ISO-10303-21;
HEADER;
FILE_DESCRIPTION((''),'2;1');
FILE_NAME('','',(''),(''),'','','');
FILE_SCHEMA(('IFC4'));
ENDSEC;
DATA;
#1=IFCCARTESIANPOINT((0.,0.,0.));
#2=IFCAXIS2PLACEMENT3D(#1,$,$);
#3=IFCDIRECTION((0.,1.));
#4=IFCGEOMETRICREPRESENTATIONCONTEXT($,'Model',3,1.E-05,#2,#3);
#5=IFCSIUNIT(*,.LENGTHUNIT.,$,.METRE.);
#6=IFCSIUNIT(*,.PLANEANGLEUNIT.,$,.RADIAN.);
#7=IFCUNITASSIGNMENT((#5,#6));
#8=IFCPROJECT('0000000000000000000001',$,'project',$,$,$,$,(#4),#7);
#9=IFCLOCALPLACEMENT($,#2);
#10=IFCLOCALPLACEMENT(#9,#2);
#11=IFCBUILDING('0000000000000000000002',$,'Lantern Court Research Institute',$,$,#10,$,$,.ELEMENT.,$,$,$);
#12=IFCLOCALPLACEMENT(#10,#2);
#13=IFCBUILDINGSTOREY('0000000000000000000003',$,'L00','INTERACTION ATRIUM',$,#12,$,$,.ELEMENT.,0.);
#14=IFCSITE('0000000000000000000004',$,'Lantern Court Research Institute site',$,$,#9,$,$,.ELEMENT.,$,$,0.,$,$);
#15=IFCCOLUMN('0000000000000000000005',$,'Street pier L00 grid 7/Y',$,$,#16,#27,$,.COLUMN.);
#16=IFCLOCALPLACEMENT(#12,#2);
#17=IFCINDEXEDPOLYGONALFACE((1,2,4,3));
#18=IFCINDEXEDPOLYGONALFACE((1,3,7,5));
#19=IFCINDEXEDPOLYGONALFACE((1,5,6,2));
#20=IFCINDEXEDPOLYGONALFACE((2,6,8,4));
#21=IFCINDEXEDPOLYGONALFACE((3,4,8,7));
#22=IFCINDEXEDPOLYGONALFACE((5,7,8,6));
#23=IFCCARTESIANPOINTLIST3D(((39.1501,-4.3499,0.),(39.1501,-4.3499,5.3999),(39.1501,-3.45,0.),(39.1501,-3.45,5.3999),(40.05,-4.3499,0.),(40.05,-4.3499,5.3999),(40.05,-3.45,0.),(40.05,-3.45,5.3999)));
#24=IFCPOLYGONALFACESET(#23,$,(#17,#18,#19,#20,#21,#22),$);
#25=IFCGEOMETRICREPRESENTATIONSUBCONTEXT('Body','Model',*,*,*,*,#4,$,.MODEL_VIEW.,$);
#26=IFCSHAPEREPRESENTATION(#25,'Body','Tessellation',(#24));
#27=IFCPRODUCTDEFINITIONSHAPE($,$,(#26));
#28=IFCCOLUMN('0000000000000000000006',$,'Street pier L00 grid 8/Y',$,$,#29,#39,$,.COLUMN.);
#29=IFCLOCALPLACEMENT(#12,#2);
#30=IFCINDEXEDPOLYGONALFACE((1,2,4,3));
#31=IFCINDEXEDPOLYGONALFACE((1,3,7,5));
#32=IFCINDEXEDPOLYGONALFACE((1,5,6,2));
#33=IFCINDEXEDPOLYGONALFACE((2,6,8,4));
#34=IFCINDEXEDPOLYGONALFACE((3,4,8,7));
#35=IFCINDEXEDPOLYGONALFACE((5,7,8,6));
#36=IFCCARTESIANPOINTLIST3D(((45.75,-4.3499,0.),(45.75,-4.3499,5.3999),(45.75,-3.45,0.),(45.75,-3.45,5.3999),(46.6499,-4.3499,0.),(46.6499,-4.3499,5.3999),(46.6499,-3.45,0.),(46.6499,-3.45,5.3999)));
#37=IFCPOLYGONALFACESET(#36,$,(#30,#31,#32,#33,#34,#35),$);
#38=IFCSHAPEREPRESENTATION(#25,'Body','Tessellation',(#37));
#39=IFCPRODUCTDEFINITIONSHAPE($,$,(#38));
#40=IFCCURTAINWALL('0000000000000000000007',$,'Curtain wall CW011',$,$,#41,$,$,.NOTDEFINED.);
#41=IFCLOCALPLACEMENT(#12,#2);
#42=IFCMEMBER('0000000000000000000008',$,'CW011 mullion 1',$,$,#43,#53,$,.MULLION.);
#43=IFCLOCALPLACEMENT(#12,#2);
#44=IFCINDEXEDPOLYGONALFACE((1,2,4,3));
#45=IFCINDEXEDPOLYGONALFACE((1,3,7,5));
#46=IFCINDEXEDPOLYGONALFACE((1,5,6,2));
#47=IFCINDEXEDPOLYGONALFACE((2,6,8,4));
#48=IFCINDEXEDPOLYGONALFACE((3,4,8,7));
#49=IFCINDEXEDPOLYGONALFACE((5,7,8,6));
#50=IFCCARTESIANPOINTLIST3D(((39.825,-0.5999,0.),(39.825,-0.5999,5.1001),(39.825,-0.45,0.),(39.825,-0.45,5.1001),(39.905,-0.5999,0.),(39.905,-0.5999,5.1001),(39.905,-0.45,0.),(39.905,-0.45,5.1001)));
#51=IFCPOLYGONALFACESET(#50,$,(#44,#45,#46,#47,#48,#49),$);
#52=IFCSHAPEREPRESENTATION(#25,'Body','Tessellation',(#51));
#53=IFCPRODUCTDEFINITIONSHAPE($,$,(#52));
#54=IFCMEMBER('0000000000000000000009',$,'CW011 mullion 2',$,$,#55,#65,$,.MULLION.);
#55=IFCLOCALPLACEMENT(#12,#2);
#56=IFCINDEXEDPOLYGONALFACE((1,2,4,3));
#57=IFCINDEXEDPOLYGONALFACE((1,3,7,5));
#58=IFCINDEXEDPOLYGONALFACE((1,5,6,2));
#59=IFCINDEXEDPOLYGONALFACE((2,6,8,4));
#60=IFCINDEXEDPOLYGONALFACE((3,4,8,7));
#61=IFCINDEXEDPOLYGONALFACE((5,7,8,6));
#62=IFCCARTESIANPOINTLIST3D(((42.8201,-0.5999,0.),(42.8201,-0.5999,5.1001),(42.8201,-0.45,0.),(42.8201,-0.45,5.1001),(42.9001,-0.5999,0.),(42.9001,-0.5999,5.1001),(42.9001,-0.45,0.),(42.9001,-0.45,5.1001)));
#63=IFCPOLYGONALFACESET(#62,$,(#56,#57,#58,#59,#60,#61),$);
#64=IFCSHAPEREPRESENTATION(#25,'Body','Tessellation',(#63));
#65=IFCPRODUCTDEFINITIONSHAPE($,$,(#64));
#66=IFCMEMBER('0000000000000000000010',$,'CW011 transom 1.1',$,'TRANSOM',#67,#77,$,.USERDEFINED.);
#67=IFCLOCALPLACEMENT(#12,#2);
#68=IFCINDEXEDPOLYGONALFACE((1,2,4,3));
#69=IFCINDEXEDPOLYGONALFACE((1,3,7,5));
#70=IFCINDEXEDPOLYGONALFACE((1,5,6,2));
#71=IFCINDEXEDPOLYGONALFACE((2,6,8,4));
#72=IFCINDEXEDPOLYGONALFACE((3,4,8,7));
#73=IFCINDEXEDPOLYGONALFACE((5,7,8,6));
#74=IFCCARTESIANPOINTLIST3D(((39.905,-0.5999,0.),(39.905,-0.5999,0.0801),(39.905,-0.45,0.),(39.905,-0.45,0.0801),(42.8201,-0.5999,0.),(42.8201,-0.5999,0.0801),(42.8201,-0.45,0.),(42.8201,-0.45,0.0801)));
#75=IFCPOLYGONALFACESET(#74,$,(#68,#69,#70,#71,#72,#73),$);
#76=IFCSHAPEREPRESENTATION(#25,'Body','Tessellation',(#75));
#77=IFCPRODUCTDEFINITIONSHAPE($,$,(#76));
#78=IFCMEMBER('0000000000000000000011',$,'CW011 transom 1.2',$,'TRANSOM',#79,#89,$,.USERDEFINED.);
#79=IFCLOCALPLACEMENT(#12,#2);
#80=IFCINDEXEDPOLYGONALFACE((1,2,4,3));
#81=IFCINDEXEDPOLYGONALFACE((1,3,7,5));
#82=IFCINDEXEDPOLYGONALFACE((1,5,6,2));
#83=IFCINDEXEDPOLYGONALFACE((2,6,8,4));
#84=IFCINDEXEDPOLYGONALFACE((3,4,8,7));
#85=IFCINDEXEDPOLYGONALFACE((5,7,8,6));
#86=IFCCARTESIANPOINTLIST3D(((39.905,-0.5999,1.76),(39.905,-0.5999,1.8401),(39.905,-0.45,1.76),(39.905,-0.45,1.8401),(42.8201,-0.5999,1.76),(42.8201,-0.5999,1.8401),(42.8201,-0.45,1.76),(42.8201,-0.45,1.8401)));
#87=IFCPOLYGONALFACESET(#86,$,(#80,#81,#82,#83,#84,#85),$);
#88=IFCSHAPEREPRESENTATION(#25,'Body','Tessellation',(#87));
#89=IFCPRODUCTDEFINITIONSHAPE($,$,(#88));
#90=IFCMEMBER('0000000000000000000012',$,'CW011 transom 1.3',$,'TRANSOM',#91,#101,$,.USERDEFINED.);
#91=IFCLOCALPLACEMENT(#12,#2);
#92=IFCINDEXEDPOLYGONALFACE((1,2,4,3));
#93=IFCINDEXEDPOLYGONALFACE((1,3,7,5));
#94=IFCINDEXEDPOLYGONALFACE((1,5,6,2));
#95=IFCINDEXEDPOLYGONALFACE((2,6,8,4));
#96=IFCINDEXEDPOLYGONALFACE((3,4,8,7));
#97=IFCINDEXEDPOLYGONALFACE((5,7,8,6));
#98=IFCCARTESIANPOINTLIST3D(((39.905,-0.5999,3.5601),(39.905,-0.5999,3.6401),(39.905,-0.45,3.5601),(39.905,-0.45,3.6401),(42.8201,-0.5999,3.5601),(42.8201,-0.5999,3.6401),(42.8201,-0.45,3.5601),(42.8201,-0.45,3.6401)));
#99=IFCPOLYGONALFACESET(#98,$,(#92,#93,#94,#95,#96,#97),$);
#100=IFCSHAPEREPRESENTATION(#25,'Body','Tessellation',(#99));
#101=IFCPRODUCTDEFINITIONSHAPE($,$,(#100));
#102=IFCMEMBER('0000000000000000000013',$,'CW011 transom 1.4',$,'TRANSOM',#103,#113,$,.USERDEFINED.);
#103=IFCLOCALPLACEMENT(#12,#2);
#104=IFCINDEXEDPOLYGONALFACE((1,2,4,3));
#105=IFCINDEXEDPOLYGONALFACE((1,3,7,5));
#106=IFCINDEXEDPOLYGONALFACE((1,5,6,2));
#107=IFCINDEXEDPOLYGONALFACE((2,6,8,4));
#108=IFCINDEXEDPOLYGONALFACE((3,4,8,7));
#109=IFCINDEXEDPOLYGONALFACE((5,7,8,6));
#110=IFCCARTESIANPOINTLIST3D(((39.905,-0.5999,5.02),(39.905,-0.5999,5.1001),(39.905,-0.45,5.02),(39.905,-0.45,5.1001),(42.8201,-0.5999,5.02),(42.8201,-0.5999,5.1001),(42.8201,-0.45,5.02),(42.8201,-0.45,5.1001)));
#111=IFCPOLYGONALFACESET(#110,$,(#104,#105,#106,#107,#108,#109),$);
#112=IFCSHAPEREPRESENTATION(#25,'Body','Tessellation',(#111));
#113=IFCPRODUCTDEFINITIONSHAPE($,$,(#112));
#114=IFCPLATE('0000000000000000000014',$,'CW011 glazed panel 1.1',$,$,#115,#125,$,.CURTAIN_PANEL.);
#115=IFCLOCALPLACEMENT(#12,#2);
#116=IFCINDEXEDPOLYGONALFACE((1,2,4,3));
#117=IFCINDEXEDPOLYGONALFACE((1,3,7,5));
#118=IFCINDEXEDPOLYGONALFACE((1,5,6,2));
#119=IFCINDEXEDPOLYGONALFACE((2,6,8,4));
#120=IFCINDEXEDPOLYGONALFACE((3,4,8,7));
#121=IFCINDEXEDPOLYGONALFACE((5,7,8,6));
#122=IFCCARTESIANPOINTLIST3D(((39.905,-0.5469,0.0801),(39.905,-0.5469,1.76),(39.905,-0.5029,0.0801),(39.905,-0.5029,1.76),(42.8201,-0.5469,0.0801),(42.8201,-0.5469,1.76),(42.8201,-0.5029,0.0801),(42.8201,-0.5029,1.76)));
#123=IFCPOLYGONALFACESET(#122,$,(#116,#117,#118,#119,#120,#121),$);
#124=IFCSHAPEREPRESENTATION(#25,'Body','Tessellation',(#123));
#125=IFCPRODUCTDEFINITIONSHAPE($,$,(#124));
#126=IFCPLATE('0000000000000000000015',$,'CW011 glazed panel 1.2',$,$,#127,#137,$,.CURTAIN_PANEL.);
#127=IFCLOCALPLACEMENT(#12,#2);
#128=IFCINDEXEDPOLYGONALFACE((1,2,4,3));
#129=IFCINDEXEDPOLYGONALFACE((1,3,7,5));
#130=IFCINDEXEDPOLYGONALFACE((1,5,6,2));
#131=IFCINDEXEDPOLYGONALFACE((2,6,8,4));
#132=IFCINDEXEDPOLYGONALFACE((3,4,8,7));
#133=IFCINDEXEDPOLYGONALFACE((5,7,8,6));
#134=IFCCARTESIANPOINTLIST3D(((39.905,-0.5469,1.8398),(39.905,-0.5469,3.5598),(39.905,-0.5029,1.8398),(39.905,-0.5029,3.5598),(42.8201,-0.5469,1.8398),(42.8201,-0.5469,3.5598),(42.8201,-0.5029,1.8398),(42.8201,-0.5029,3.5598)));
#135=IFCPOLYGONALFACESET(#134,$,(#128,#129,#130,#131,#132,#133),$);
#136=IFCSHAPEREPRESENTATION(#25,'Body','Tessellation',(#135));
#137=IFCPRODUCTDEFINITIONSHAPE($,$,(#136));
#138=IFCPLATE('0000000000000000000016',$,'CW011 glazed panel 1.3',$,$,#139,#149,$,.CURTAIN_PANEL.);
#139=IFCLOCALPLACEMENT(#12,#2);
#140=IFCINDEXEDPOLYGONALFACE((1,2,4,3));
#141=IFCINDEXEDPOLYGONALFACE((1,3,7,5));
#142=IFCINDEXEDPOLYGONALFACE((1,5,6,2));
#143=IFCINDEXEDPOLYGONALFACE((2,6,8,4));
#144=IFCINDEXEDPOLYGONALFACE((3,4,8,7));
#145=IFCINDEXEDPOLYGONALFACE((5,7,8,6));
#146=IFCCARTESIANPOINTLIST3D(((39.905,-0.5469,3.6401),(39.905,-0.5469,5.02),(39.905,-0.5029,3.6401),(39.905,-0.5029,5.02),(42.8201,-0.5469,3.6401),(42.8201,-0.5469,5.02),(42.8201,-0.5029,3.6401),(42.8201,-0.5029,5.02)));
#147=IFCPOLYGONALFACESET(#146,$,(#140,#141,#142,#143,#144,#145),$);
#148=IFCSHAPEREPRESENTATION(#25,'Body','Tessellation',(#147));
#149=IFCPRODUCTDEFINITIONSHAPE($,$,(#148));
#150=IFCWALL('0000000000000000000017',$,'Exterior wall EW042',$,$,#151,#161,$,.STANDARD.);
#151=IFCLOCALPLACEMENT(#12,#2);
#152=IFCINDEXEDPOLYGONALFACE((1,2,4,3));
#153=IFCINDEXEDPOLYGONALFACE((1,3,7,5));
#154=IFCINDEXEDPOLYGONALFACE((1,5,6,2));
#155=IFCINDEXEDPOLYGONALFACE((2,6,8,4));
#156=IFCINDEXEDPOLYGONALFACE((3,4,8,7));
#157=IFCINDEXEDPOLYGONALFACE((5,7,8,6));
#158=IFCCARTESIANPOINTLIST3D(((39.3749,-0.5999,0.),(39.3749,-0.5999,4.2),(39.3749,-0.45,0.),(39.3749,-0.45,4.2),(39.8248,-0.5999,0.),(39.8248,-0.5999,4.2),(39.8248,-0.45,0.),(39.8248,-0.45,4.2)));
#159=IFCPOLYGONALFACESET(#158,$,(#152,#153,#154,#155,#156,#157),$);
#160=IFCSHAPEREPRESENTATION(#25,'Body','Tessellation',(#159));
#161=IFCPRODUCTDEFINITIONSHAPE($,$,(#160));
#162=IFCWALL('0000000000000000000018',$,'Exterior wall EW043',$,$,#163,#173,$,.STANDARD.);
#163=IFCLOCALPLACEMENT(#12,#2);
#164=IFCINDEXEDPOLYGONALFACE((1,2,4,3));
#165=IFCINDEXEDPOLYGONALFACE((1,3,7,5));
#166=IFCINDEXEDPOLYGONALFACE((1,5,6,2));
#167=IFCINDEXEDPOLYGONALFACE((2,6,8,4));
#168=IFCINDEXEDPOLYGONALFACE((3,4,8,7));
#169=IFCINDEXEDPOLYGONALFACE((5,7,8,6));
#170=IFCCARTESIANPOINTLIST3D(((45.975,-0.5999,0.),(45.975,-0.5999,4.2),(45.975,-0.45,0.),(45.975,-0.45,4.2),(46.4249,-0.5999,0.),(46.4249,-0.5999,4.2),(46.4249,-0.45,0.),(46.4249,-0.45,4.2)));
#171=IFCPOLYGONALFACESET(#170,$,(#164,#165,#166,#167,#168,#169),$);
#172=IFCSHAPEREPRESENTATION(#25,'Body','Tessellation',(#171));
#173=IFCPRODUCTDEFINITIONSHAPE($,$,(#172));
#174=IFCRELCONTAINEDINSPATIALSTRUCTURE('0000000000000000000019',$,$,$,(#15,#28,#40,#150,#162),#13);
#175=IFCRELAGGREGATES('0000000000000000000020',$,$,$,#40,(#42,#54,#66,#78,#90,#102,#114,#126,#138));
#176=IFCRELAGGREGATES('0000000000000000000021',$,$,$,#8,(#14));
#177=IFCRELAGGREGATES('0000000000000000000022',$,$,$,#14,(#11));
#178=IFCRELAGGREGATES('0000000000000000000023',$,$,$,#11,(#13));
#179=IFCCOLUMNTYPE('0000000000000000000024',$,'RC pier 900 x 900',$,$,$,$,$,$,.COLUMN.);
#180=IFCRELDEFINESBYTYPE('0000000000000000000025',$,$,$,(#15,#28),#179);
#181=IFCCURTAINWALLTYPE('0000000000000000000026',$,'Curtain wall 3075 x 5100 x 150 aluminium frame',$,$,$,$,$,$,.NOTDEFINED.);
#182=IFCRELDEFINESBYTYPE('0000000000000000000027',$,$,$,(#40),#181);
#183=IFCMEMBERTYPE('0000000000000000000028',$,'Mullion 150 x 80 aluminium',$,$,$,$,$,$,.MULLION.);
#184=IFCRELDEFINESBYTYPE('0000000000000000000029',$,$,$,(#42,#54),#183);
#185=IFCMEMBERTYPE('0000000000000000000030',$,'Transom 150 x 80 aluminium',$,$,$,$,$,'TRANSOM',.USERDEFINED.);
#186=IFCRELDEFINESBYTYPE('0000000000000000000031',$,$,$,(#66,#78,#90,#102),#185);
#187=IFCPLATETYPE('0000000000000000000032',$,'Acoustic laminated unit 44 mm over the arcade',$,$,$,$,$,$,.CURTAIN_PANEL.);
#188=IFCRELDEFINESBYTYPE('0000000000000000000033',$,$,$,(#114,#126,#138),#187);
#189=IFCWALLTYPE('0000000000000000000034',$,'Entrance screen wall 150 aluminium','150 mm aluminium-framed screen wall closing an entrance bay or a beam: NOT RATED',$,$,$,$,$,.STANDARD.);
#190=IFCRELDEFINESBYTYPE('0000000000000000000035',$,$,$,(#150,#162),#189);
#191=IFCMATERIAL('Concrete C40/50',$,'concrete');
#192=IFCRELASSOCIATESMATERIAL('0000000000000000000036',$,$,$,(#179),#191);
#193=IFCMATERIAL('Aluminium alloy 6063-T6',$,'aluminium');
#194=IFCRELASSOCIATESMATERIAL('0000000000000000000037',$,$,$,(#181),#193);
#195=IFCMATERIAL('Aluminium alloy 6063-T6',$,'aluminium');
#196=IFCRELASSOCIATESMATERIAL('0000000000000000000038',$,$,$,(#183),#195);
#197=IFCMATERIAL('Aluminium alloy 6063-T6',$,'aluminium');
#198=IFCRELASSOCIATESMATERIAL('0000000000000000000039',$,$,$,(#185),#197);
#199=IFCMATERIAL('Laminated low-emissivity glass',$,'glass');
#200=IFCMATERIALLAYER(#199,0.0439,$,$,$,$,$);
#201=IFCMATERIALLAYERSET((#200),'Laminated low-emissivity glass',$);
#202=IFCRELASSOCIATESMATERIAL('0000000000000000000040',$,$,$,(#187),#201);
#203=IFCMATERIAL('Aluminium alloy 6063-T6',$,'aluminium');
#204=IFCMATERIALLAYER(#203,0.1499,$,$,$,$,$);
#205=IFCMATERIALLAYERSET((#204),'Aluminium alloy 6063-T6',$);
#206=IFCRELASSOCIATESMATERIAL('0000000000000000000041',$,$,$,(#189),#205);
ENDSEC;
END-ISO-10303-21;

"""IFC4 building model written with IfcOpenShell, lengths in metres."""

from ifc_helpers import new_model, si_unit, direction, frame, frame_2d, origin, origin_2d, place, context, subcontext, project, spatial, rectangle, extrude, material, layer, layer_set, material_profile, profile_set, type_object, element, aggregate, save


model = new_model("IFC4")

# Units and contexts
model_context = context("Model", 3, precision=1e-05, world=origin(), true_north=direction((0.0, 1.0)))
body_context = subcontext(model_context, "Body", "Model", "MODEL_VIEW")
ifc_project = project(units=[si_unit("LENGTHUNIT", "METRE"), si_unit("PLANEANGLEUNIT", "RADIAN")], contexts=[model_context])

# Site, building, storey
site_placement = place(None, origin())
site = spatial("IfcSite", under=ifc_project, at=site_placement, Name="Lantern Court Research Institute site", CompositionType="ELEMENT", RefElevation=0.0)
building_placement = place(site_placement, origin())
building = spatial("IfcBuilding", under=site, at=building_placement, Name="Lantern Court Research Institute", CompositionType="ELEMENT")
storey_placement = place(building_placement, origin())
storey = spatial("IfcBuildingStorey", under=building, at=storey_placement, Name="L00", Description="INTERACTION ATRIUM", CompositionType="ELEMENT", Elevation=0.0)

# Columns
ifc_material_1 = material(Name="Concrete C40/50", Category="concrete")
ifc_material_profile_1 = material_profile(ifc_material_1, rectangle(XDim=0.8999, YDim=0.8999, at=origin_2d()), Name="RC column 900 x 900")
ifc_profile_set_1 = profile_set([ifc_material_profile_1], Name="Concrete C40/50")
column_type = type_object("IfcColumnType", Name="RC pier 900 x 900", PredefinedType="COLUMN", material=ifc_profile_set_1)
for number, where, z_axis, x_axis, name in (
    (1, (39.6001, -3.8999, 0.0), (0.0, 0.0, 1.0), (1.0, 0.0, 0.0), "Street pier L00 grid 7/Y"),
    (2, (46.2, -3.8999, 0.0), (0.0, 0.0, 1.0), (1.0, 0.0, 0.0), "Street pier L00 grid 8/Y"),
):
    element("IfcColumn", number, at=place(storey_placement, frame(where, z_axis=z_axis, x_axis=x_axis)), inside=storey, type_object=column_type, Name=name, PredefinedType="COLUMN", context=body_context, shape_type="SweptSolid", body=[
        extrude(rectangle(XDim=0.8999, YDim=0.8999, at=origin_2d()), origin(), (0.0, 0.0, 1.0), 5.3999),
    ])

# Curtain wall, members, plates
ifc_material_2 = material(Name="Aluminium alloy 6063-T6", Category="aluminium")
curtain_wall_type = type_object("IfcCurtainWallType", Name="Curtain wall 3075 x 5100 x 150 aluminium frame", PredefinedType="NOTDEFINED", material=ifc_material_2)
curtain_wall_placement = place(storey_placement, origin())
curtain_wall = element("IfcCurtainWall", 3, at=curtain_wall_placement, inside=storey, type_object=curtain_wall_type, Name="Curtain wall CW011", PredefinedType="NOTDEFINED")
ifc_material_3 = material(Name="Aluminium alloy 6063-T6", Category="aluminium")
ifc_material_profile_2 = material_profile(ifc_material_3, rectangle(XDim=0.1499, YDim=0.0801, at=origin_2d()), Name="Mullion 150 x 80")
ifc_profile_set_2 = profile_set([ifc_material_profile_2], Name="Aluminium alloy 6063-T6")
member_type_1 = type_object("IfcMemberType", Name="Mullion 150 x 80 aluminium", PredefinedType="MULLION", material=ifc_profile_set_2)
member_1_placement = place(storey_placement, frame((39.865, -0.5249, 0.0), z_axis=(0.0, 0.0, 1.0), x_axis=(0.0, -1.0, 0.0)))
member_1 = element("IfcMember", 4, at=member_1_placement, type_object=member_type_1, Name="CW011 mullion 1", PredefinedType="MULLION", context=body_context, shape_type="SweptSolid", body=[
    extrude(rectangle(XDim=0.1499, YDim=0.0801, at=origin_2d()), origin(), (0.0, 0.0, 1.0), 5.1001),
])
member_2_placement = place(storey_placement, frame((42.8601, -0.5249, 0.0), z_axis=(0.0, 0.0, 1.0), x_axis=(0.0, -1.0, 0.0)))
member_2 = element("IfcMember", 5, at=member_2_placement, type_object=member_type_1, Name="CW011 mullion 2", PredefinedType="MULLION", context=body_context, shape_type="SweptSolid", body=[
    extrude(rectangle(XDim=0.1499, YDim=0.0801, at=origin_2d()), origin(), (0.0, 0.0, 1.0), 5.1001),
])
ifc_material_4 = material(Name="Aluminium alloy 6063-T6", Category="aluminium")
ifc_material_profile_3 = material_profile(ifc_material_4, rectangle(XDim=0.1499, YDim=0.0801, at=origin_2d()), Name="Transom 150 x 80")
ifc_profile_set_3 = profile_set([ifc_material_profile_3], Name="Aluminium alloy 6063-T6")
member_type_2 = type_object("IfcMemberType", Name="Transom 150 x 80 aluminium", ElementType="TRANSOM", PredefinedType="USERDEFINED", material=ifc_profile_set_3)
member_3_placement = place(storey_placement, frame((42.8201, -0.5249, 0.04), z_axis=(-1.0, 0.0, 0.0), x_axis=(0.0, -1.0, 0.0)))
member_3 = element("IfcMember", 6, at=member_3_placement, type_object=member_type_2, Name="CW011 transom 1.1", ObjectType="TRANSOM", PredefinedType="USERDEFINED", context=body_context, shape_type="SweptSolid", body=[
    extrude(rectangle(XDim=0.1499, YDim=0.0801, at=origin_2d()), origin(), (0.0, 0.0, 1.0), 2.915),
])
member_4_placement = place(storey_placement, frame((42.8201, -0.5249, 1.8), z_axis=(-1.0, 0.0, 0.0), x_axis=(0.0, -1.0, 0.0)))
member_4 = element("IfcMember", 7, at=member_4_placement, type_object=member_type_2, Name="CW011 transom 1.2", ObjectType="TRANSOM", PredefinedType="USERDEFINED", context=body_context, shape_type="SweptSolid", body=[
    extrude(rectangle(XDim=0.1499, YDim=0.0801, at=origin_2d()), origin(), (0.0, 0.0, 1.0), 2.915),
])
member_5_placement = place(storey_placement, frame((42.8201, -0.5249, 3.6001), z_axis=(-1.0, 0.0, 0.0), x_axis=(0.0, -1.0, 0.0)))
member_5 = element("IfcMember", 8, at=member_5_placement, type_object=member_type_2, Name="CW011 transom 1.3", ObjectType="TRANSOM", PredefinedType="USERDEFINED", context=body_context, shape_type="SweptSolid", body=[
    extrude(rectangle(XDim=0.1499, YDim=0.0801, at=origin_2d()), origin(), (0.0, 0.0, 1.0), 2.915),
])
member_6_placement = place(storey_placement, frame((42.8201, -0.5249, 5.0601), z_axis=(-1.0, 0.0, 0.0), x_axis=(0.0, -1.0, 0.0)))
member_6 = element("IfcMember", 9, at=member_6_placement, type_object=member_type_2, Name="CW011 transom 1.4", ObjectType="TRANSOM", PredefinedType="USERDEFINED", context=body_context, shape_type="SweptSolid", body=[
    extrude(rectangle(XDim=0.1499, YDim=0.0801, at=origin_2d()), origin(), (0.0, 0.0, 1.0), 2.915),
])
ifc_material_5 = material(Name="Laminated low-emissivity glass", Category="glass")
ifc_layer_1 = layer(ifc_material_5, 0.0439)
ifc_layer_set_1 = layer_set([ifc_layer_1], Name="Laminated low-emissivity glass")
plate_type = type_object("IfcPlateType", Name="Acoustic laminated unit 44 mm over the arcade", PredefinedType="CURTAIN_PANEL", material=ifc_layer_set_1)
plate_1_placement = place(storey_placement, frame((41.3625, -0.5249, 0.0801), z_axis=(0.0, 0.0, 1.0), x_axis=(-1.0, 0.0, 0.0)))
plate_1 = element("IfcPlate", 10, at=plate_1_placement, type_object=plate_type, Name="CW011 glazed panel 1.1", PredefinedType="CURTAIN_PANEL", context=body_context, shape_type="SweptSolid", body=[
    extrude(rectangle(XDim=2.915, YDim=0.0439, at=origin_2d()), origin(), (0.0, 0.0, 1.0), 1.6799),
])
plate_2_placement = place(storey_placement, frame((41.3625, -0.5249, 1.8398), z_axis=(0.0, 0.0, 1.0), x_axis=(-1.0, 0.0, 0.0)))
plate_2 = element("IfcPlate", 11, at=plate_2_placement, type_object=plate_type, Name="CW011 glazed panel 1.2", PredefinedType="CURTAIN_PANEL", context=body_context, shape_type="SweptSolid", body=[
    extrude(rectangle(XDim=2.915, YDim=0.0439, at=origin_2d()), origin(), (0.0, 0.0, 1.0), 1.72),
])
plate_3_placement = place(storey_placement, frame((41.3625, -0.5249, 3.6401), z_axis=(0.0, 0.0, 1.0), x_axis=(-1.0, 0.0, 0.0)))
plate_3 = element("IfcPlate", 12, at=plate_3_placement, type_object=plate_type, Name="CW011 glazed panel 1.3", PredefinedType="CURTAIN_PANEL", context=body_context, shape_type="SweptSolid", body=[
    extrude(rectangle(XDim=2.915, YDim=0.0439, at=origin_2d()), origin(), (0.0, 0.0, 1.0), 1.3799),
])
aggregate(curtain_wall, [member_1, member_2, member_3, member_4, member_5, member_6, plate_1, plate_2, plate_3])

# Shared definitions
ifc_material_6 = material(Name="Aluminium alloy 6063-T6", Category="aluminium")
ifc_layer_2 = layer(ifc_material_6, 0.1499)
ifc_layer_set_2 = layer_set([ifc_layer_2], Name="Aluminium alloy 6063-T6")
wall_type = type_object("IfcWallType", Name="Entrance screen wall 150 aluminium", Description="150 mm aluminium-framed screen wall closing an entrance bay or a beam: NOT RATED", PredefinedType="STANDARD", material=ifc_layer_set_2)

# Walls
for number, where, z_axis, x_axis, name in (
    (13, (39.825, -0.5249, 0.0), (0.0, 0.0, 1.0), (-1.0, 0.0, 0.0), "Exterior wall EW042"),
    (14, (46.425, -0.5249, 0.0), (0.0, 0.0, 1.0), (-1.0, 0.0, 0.0), "Exterior wall EW043"),
):
    element("IfcWall", number, at=place(storey_placement, frame(where, z_axis=z_axis, x_axis=x_axis)), inside=storey, type_object=wall_type, Name=name, PredefinedType="STANDARD", context=body_context, shape_type="SweptSolid", body=[
        extrude(rectangle(XDim=0.45, YDim=0.1499, at=frame_2d((0.2251, 0.0))), origin(), (0.0, 0.0, 1.0), 4.2),
    ])

save(model, "model.ifc")
